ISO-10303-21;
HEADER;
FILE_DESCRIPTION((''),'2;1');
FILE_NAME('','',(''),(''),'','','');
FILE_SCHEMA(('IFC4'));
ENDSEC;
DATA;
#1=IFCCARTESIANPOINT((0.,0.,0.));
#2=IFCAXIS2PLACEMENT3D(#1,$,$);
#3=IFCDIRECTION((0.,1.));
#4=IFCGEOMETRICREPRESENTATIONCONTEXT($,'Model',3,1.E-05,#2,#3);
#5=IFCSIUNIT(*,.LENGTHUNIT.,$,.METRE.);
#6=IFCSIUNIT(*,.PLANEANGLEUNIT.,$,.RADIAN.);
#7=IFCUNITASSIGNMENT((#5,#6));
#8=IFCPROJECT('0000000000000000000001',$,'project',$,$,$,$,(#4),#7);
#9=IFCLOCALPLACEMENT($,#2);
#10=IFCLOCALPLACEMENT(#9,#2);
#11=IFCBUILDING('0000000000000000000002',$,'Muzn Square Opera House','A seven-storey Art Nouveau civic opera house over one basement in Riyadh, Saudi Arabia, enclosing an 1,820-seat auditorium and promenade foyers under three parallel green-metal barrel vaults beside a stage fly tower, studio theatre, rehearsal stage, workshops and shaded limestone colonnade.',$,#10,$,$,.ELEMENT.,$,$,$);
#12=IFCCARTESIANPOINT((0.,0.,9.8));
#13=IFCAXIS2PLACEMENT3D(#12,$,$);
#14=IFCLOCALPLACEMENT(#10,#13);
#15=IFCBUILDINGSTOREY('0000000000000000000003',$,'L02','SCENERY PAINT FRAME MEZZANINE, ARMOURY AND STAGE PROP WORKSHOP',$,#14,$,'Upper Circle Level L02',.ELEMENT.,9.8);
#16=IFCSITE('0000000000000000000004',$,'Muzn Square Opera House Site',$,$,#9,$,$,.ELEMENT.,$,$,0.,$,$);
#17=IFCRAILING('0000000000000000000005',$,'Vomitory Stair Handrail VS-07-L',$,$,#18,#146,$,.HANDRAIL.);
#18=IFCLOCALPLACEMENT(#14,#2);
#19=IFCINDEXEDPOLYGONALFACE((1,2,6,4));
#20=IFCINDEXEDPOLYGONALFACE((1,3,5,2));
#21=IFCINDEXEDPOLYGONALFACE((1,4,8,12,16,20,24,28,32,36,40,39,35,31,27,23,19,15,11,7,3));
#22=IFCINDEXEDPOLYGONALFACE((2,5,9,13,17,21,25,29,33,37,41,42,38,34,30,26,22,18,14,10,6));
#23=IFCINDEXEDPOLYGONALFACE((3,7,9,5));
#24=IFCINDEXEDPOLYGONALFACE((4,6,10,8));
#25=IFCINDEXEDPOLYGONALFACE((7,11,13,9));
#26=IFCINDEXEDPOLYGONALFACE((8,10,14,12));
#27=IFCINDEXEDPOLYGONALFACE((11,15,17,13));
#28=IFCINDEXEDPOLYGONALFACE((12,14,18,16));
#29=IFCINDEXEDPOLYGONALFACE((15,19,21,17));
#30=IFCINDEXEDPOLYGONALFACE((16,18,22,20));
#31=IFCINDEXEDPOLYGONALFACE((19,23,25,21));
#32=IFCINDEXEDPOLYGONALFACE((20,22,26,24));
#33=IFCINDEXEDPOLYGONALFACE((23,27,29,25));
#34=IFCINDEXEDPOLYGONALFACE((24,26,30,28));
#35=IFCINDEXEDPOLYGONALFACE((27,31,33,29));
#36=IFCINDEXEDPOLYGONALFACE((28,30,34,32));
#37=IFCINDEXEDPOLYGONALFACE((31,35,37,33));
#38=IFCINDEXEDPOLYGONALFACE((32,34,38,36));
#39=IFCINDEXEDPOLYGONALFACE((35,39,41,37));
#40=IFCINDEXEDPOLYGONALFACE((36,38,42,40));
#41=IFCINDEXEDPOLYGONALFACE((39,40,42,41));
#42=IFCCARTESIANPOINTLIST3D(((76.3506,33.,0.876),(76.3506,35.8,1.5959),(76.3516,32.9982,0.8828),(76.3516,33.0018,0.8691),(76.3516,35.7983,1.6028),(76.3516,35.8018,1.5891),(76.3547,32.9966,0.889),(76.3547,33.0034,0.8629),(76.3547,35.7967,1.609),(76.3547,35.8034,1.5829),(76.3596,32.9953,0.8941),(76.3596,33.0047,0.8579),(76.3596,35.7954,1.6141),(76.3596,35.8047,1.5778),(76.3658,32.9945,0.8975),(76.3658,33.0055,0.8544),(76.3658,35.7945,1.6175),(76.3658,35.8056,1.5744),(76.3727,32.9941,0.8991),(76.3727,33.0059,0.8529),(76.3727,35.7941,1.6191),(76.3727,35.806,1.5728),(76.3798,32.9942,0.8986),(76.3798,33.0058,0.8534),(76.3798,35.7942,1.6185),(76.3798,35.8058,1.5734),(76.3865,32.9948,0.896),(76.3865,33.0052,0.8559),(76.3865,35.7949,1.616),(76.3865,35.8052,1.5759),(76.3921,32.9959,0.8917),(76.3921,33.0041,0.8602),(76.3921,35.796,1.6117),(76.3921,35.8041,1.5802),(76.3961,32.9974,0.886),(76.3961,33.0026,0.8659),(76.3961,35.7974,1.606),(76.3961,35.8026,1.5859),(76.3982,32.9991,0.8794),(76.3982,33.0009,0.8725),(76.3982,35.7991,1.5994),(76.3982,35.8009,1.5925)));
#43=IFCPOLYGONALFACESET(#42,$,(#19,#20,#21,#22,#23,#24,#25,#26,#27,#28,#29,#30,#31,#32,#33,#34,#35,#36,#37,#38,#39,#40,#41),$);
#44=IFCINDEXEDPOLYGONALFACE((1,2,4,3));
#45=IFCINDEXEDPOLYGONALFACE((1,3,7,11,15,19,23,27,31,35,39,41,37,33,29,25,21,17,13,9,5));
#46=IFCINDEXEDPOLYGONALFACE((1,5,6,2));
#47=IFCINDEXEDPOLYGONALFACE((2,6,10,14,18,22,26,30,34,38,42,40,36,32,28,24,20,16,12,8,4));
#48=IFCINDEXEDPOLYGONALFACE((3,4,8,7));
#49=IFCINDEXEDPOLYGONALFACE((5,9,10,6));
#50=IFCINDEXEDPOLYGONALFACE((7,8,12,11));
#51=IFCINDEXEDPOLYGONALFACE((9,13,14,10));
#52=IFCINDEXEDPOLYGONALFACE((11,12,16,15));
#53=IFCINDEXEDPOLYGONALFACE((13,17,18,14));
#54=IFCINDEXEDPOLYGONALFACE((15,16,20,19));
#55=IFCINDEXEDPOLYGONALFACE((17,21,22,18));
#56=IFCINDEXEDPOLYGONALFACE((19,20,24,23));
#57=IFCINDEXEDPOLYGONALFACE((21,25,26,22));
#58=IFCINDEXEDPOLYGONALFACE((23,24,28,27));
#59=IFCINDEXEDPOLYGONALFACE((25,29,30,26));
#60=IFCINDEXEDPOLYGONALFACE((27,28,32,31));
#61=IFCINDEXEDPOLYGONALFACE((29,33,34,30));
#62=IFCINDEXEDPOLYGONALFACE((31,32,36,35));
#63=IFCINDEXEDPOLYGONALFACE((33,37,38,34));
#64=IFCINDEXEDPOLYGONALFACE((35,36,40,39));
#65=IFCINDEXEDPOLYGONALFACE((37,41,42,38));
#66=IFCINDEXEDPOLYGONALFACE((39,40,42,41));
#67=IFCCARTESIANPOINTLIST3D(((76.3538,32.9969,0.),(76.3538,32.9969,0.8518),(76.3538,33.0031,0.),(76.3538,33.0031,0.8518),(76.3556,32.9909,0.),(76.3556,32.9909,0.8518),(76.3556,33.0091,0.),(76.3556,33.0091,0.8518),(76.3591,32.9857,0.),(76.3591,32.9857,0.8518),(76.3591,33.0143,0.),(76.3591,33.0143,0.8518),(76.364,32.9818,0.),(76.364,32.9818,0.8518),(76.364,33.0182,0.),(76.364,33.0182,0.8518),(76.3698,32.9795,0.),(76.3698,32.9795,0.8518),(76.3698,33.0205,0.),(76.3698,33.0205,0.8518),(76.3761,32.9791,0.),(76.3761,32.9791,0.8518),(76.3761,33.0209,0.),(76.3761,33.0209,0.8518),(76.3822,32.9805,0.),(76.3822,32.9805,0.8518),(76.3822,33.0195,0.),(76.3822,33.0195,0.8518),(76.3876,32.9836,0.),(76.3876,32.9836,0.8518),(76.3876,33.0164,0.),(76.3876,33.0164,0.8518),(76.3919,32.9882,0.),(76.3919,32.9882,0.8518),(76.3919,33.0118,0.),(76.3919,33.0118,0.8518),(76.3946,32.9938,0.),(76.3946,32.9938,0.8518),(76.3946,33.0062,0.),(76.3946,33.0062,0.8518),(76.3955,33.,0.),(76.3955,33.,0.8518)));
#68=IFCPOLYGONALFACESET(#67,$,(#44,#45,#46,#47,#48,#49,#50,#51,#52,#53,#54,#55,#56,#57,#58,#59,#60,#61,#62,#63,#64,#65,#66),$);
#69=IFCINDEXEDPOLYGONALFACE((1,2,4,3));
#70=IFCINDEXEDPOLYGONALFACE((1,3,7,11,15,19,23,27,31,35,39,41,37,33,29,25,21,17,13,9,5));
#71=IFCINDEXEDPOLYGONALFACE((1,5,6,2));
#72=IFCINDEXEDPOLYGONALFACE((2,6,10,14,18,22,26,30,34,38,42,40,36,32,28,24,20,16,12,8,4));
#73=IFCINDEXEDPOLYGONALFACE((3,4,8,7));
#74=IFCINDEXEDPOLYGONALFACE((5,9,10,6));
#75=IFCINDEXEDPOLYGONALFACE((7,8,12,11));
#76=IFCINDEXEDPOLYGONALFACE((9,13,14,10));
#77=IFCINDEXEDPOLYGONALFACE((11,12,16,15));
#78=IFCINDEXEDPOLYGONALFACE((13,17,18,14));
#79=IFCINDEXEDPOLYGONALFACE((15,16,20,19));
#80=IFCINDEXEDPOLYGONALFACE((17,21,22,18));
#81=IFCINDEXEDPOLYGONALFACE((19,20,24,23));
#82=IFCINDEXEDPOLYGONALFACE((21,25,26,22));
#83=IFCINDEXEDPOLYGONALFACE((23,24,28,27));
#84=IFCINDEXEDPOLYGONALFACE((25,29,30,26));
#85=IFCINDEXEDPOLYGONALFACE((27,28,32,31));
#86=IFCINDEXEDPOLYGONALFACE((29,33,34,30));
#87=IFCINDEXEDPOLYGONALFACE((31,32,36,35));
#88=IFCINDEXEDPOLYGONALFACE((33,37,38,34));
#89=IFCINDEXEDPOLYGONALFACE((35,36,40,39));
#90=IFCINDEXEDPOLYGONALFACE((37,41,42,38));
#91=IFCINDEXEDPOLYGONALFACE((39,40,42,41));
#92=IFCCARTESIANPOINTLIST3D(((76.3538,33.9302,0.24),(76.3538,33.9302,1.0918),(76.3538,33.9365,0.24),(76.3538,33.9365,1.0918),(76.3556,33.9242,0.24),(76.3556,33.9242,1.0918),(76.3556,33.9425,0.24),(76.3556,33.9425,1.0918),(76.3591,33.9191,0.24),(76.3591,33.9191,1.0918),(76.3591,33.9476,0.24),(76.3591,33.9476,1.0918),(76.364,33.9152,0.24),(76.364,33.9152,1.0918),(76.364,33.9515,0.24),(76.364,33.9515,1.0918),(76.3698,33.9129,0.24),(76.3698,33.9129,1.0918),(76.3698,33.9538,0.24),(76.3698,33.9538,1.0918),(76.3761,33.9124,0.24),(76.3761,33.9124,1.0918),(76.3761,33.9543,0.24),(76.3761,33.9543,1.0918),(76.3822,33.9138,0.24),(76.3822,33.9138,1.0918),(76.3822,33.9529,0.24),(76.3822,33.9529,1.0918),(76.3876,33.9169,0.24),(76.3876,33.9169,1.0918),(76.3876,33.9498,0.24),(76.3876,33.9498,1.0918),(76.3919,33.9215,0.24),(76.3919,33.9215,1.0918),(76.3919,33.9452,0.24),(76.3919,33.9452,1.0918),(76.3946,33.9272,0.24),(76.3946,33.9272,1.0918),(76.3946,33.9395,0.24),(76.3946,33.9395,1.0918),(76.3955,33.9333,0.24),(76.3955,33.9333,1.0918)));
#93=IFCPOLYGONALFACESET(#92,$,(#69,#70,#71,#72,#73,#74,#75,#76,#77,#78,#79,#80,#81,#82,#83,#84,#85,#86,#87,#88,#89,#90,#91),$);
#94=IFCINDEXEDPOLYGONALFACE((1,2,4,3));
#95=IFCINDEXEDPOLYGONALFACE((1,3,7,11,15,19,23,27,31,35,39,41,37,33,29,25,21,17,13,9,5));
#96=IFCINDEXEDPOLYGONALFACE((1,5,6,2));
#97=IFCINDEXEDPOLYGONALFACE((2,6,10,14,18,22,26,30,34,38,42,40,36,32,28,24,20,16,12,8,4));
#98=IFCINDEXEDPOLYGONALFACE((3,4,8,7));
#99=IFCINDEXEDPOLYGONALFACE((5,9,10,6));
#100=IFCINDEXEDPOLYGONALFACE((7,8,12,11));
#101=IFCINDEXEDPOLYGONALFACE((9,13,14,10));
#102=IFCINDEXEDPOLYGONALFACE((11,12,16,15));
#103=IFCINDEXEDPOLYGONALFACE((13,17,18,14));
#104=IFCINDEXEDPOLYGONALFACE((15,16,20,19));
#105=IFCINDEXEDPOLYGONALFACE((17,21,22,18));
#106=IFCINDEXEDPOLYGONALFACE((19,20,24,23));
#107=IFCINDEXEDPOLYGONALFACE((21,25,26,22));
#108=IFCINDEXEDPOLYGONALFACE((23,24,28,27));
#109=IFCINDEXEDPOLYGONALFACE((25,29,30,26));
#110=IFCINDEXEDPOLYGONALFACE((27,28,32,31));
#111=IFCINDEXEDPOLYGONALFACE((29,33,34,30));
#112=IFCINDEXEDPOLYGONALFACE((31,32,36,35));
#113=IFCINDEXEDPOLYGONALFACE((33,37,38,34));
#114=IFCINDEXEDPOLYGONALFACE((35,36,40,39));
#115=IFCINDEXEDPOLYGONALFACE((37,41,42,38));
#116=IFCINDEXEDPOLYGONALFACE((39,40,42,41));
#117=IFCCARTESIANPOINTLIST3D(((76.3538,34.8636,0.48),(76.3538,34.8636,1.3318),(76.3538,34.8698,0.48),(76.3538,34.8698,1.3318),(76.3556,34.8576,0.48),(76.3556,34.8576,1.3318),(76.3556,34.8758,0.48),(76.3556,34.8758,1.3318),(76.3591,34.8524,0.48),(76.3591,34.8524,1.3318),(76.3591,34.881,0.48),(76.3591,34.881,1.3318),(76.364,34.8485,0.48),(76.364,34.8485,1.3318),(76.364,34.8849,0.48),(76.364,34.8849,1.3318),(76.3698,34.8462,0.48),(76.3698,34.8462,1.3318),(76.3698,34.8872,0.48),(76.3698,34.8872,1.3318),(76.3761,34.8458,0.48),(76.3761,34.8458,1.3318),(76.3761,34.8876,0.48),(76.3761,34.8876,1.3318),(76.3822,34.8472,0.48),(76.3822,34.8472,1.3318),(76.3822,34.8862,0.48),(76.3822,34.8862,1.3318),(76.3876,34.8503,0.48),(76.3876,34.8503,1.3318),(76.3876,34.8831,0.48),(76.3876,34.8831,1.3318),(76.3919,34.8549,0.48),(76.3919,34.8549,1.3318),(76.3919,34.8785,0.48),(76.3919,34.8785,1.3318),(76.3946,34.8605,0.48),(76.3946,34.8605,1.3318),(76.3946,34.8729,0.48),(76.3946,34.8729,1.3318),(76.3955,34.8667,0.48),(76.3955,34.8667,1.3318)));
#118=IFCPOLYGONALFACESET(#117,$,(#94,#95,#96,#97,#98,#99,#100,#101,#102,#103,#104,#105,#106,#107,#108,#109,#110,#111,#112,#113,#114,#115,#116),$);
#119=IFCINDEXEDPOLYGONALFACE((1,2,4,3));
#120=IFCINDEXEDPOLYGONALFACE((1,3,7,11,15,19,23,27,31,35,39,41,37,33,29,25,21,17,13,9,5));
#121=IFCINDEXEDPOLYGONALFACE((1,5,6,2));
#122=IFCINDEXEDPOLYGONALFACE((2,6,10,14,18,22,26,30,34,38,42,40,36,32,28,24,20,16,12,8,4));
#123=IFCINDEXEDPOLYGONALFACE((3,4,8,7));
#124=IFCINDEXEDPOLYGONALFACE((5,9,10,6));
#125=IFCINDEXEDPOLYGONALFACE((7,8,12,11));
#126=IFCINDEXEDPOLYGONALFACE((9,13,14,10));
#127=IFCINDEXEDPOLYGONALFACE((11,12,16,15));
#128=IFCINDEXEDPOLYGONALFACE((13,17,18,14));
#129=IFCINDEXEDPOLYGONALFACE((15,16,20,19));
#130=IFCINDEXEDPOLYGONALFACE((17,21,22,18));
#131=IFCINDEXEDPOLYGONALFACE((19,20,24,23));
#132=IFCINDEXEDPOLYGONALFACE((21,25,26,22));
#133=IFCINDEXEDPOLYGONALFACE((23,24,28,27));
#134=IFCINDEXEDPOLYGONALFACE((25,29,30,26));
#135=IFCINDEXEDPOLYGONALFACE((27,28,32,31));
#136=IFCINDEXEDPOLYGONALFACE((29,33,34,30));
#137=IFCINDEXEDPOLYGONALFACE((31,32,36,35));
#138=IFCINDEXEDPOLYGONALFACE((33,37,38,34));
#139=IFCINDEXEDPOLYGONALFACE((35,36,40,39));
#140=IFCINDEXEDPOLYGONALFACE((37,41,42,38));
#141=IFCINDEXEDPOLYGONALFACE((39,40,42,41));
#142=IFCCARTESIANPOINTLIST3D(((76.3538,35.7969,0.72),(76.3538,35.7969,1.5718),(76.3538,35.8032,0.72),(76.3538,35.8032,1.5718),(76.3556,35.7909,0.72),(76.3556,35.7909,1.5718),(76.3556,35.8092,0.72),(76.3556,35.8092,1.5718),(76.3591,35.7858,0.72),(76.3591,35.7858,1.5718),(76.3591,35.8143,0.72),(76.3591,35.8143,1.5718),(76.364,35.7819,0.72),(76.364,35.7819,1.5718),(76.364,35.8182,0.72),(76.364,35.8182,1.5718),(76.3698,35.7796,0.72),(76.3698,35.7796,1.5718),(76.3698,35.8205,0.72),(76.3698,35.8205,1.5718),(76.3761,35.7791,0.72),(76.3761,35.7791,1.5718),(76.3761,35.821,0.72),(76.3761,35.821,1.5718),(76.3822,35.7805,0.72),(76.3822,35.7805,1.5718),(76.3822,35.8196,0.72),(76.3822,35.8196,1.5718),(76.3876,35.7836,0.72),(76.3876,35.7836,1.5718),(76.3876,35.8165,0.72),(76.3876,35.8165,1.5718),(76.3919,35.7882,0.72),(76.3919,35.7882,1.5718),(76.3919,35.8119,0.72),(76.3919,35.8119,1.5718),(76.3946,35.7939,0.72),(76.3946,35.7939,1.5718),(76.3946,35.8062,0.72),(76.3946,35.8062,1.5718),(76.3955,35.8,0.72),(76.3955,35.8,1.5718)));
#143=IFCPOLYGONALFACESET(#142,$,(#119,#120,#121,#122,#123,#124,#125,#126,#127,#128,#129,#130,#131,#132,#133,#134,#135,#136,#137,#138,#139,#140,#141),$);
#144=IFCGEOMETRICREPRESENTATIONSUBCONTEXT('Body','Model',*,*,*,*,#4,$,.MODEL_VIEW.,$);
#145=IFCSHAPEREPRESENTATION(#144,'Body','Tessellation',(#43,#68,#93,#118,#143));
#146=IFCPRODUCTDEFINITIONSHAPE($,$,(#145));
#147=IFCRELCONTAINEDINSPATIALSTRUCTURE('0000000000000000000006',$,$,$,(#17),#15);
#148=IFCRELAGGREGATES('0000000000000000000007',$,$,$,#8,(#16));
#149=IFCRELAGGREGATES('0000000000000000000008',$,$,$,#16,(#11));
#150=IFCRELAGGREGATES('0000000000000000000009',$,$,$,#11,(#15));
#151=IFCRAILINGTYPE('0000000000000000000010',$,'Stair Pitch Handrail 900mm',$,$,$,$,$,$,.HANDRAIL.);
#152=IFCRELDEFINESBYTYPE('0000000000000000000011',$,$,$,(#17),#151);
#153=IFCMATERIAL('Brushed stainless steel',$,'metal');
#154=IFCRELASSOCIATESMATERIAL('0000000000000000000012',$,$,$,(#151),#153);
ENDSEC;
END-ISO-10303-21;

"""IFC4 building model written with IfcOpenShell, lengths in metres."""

from ifc_helpers import new_model, si_unit, direction, frame, origin, origin_2d, place, context, subcontext, project, spatial, circle, extrude, material, type_object, element, save


model = new_model("IFC4")

# Units and contexts
model_context = context("Model", 3, precision=1e-05, world=origin(), true_north=direction((0.0, 1.0)))
body_context = subcontext(model_context, "Body", "Model", "MODEL_VIEW")
ifc_project = project(units=[si_unit("LENGTHUNIT", "METRE"), si_unit("PLANEANGLEUNIT", "RADIAN")], contexts=[model_context])

# Site, building, storey
site_placement = place(None, origin())
site = spatial("IfcSite", under=ifc_project, at=site_placement, Name="Muzn Square Opera House Site", CompositionType="ELEMENT", RefElevation=0.0)
building_placement = place(site_placement, origin())
building = spatial("IfcBuilding", under=site, at=building_placement, Name="Muzn Square Opera House", Description="A seven-storey Art Nouveau civic opera house over one basement in Riyadh, Saudi Arabia, enclosing an 1,820-seat auditorium and promenade foyers under three parallel green-metal barrel vaults beside a stage fly tower, studio theatre, rehearsal stage, workshops and shaded limestone colonnade.", CompositionType="ELEMENT")
storey_placement = place(building_placement, frame((0.0, 0.0, 9.8)))
storey = spatial("IfcBuildingStorey", under=building, at=storey_placement, Name="L02", Description="SCENERY PAINT FRAME MEZZANINE, ARMOURY AND STAGE PROP WORKSHOP", LongName="Upper Circle Level L02", CompositionType="ELEMENT", Elevation=9.8)

# Railing
ifc_material_1 = material(Name="Brushed stainless steel", Category="metal")
railing_type_1 = type_object("IfcRailingType", Name="Stair Pitch Handrail 900mm", PredefinedType="HANDRAIL", material=ifc_material_1)
for number, where, name in (
    (1, (76.3745, 33.0, 0.0), "Vomitory Stair Handrail VS-07-L"),
):
    element("IfcRailing", number, at=place(storey_placement, frame(where)), inside=storey, type_object=railing_type_1, Name=name, PredefinedType="HANDRAIL", context=body_context, shape_type="SweptSolid", body=[
        extrude(circle(Radius=0.0239, at=origin_2d()), frame((0.0, 0.0, 0.876), z_axis=(0.0, 0.968496, 0.249027), x_axis=(-1.0, 0.0, 0.0)), (0.0, 0.0, 1.0), 2.8911),
        extrude(circle(Radius=0.021, at=origin_2d()), origin(), (0.0, 0.0, 1.0), 0.8518),
        extrude(circle(Radius=0.021, at=origin_2d()), frame((0.0, 0.9333, 0.24)), (0.0, 0.0, 1.0), 0.8518),
        extrude(circle(Radius=0.021, at=origin_2d()), frame((0.0, 1.8667, 0.48)), (0.0, 0.0, 1.0), 0.8518),
        extrude(circle(Radius=0.021, at=origin_2d()), frame((0.0, 2.8, 0.72)), (0.0, 0.0, 1.0), 0.8518),
    ])

save(model, "model.ifc")
